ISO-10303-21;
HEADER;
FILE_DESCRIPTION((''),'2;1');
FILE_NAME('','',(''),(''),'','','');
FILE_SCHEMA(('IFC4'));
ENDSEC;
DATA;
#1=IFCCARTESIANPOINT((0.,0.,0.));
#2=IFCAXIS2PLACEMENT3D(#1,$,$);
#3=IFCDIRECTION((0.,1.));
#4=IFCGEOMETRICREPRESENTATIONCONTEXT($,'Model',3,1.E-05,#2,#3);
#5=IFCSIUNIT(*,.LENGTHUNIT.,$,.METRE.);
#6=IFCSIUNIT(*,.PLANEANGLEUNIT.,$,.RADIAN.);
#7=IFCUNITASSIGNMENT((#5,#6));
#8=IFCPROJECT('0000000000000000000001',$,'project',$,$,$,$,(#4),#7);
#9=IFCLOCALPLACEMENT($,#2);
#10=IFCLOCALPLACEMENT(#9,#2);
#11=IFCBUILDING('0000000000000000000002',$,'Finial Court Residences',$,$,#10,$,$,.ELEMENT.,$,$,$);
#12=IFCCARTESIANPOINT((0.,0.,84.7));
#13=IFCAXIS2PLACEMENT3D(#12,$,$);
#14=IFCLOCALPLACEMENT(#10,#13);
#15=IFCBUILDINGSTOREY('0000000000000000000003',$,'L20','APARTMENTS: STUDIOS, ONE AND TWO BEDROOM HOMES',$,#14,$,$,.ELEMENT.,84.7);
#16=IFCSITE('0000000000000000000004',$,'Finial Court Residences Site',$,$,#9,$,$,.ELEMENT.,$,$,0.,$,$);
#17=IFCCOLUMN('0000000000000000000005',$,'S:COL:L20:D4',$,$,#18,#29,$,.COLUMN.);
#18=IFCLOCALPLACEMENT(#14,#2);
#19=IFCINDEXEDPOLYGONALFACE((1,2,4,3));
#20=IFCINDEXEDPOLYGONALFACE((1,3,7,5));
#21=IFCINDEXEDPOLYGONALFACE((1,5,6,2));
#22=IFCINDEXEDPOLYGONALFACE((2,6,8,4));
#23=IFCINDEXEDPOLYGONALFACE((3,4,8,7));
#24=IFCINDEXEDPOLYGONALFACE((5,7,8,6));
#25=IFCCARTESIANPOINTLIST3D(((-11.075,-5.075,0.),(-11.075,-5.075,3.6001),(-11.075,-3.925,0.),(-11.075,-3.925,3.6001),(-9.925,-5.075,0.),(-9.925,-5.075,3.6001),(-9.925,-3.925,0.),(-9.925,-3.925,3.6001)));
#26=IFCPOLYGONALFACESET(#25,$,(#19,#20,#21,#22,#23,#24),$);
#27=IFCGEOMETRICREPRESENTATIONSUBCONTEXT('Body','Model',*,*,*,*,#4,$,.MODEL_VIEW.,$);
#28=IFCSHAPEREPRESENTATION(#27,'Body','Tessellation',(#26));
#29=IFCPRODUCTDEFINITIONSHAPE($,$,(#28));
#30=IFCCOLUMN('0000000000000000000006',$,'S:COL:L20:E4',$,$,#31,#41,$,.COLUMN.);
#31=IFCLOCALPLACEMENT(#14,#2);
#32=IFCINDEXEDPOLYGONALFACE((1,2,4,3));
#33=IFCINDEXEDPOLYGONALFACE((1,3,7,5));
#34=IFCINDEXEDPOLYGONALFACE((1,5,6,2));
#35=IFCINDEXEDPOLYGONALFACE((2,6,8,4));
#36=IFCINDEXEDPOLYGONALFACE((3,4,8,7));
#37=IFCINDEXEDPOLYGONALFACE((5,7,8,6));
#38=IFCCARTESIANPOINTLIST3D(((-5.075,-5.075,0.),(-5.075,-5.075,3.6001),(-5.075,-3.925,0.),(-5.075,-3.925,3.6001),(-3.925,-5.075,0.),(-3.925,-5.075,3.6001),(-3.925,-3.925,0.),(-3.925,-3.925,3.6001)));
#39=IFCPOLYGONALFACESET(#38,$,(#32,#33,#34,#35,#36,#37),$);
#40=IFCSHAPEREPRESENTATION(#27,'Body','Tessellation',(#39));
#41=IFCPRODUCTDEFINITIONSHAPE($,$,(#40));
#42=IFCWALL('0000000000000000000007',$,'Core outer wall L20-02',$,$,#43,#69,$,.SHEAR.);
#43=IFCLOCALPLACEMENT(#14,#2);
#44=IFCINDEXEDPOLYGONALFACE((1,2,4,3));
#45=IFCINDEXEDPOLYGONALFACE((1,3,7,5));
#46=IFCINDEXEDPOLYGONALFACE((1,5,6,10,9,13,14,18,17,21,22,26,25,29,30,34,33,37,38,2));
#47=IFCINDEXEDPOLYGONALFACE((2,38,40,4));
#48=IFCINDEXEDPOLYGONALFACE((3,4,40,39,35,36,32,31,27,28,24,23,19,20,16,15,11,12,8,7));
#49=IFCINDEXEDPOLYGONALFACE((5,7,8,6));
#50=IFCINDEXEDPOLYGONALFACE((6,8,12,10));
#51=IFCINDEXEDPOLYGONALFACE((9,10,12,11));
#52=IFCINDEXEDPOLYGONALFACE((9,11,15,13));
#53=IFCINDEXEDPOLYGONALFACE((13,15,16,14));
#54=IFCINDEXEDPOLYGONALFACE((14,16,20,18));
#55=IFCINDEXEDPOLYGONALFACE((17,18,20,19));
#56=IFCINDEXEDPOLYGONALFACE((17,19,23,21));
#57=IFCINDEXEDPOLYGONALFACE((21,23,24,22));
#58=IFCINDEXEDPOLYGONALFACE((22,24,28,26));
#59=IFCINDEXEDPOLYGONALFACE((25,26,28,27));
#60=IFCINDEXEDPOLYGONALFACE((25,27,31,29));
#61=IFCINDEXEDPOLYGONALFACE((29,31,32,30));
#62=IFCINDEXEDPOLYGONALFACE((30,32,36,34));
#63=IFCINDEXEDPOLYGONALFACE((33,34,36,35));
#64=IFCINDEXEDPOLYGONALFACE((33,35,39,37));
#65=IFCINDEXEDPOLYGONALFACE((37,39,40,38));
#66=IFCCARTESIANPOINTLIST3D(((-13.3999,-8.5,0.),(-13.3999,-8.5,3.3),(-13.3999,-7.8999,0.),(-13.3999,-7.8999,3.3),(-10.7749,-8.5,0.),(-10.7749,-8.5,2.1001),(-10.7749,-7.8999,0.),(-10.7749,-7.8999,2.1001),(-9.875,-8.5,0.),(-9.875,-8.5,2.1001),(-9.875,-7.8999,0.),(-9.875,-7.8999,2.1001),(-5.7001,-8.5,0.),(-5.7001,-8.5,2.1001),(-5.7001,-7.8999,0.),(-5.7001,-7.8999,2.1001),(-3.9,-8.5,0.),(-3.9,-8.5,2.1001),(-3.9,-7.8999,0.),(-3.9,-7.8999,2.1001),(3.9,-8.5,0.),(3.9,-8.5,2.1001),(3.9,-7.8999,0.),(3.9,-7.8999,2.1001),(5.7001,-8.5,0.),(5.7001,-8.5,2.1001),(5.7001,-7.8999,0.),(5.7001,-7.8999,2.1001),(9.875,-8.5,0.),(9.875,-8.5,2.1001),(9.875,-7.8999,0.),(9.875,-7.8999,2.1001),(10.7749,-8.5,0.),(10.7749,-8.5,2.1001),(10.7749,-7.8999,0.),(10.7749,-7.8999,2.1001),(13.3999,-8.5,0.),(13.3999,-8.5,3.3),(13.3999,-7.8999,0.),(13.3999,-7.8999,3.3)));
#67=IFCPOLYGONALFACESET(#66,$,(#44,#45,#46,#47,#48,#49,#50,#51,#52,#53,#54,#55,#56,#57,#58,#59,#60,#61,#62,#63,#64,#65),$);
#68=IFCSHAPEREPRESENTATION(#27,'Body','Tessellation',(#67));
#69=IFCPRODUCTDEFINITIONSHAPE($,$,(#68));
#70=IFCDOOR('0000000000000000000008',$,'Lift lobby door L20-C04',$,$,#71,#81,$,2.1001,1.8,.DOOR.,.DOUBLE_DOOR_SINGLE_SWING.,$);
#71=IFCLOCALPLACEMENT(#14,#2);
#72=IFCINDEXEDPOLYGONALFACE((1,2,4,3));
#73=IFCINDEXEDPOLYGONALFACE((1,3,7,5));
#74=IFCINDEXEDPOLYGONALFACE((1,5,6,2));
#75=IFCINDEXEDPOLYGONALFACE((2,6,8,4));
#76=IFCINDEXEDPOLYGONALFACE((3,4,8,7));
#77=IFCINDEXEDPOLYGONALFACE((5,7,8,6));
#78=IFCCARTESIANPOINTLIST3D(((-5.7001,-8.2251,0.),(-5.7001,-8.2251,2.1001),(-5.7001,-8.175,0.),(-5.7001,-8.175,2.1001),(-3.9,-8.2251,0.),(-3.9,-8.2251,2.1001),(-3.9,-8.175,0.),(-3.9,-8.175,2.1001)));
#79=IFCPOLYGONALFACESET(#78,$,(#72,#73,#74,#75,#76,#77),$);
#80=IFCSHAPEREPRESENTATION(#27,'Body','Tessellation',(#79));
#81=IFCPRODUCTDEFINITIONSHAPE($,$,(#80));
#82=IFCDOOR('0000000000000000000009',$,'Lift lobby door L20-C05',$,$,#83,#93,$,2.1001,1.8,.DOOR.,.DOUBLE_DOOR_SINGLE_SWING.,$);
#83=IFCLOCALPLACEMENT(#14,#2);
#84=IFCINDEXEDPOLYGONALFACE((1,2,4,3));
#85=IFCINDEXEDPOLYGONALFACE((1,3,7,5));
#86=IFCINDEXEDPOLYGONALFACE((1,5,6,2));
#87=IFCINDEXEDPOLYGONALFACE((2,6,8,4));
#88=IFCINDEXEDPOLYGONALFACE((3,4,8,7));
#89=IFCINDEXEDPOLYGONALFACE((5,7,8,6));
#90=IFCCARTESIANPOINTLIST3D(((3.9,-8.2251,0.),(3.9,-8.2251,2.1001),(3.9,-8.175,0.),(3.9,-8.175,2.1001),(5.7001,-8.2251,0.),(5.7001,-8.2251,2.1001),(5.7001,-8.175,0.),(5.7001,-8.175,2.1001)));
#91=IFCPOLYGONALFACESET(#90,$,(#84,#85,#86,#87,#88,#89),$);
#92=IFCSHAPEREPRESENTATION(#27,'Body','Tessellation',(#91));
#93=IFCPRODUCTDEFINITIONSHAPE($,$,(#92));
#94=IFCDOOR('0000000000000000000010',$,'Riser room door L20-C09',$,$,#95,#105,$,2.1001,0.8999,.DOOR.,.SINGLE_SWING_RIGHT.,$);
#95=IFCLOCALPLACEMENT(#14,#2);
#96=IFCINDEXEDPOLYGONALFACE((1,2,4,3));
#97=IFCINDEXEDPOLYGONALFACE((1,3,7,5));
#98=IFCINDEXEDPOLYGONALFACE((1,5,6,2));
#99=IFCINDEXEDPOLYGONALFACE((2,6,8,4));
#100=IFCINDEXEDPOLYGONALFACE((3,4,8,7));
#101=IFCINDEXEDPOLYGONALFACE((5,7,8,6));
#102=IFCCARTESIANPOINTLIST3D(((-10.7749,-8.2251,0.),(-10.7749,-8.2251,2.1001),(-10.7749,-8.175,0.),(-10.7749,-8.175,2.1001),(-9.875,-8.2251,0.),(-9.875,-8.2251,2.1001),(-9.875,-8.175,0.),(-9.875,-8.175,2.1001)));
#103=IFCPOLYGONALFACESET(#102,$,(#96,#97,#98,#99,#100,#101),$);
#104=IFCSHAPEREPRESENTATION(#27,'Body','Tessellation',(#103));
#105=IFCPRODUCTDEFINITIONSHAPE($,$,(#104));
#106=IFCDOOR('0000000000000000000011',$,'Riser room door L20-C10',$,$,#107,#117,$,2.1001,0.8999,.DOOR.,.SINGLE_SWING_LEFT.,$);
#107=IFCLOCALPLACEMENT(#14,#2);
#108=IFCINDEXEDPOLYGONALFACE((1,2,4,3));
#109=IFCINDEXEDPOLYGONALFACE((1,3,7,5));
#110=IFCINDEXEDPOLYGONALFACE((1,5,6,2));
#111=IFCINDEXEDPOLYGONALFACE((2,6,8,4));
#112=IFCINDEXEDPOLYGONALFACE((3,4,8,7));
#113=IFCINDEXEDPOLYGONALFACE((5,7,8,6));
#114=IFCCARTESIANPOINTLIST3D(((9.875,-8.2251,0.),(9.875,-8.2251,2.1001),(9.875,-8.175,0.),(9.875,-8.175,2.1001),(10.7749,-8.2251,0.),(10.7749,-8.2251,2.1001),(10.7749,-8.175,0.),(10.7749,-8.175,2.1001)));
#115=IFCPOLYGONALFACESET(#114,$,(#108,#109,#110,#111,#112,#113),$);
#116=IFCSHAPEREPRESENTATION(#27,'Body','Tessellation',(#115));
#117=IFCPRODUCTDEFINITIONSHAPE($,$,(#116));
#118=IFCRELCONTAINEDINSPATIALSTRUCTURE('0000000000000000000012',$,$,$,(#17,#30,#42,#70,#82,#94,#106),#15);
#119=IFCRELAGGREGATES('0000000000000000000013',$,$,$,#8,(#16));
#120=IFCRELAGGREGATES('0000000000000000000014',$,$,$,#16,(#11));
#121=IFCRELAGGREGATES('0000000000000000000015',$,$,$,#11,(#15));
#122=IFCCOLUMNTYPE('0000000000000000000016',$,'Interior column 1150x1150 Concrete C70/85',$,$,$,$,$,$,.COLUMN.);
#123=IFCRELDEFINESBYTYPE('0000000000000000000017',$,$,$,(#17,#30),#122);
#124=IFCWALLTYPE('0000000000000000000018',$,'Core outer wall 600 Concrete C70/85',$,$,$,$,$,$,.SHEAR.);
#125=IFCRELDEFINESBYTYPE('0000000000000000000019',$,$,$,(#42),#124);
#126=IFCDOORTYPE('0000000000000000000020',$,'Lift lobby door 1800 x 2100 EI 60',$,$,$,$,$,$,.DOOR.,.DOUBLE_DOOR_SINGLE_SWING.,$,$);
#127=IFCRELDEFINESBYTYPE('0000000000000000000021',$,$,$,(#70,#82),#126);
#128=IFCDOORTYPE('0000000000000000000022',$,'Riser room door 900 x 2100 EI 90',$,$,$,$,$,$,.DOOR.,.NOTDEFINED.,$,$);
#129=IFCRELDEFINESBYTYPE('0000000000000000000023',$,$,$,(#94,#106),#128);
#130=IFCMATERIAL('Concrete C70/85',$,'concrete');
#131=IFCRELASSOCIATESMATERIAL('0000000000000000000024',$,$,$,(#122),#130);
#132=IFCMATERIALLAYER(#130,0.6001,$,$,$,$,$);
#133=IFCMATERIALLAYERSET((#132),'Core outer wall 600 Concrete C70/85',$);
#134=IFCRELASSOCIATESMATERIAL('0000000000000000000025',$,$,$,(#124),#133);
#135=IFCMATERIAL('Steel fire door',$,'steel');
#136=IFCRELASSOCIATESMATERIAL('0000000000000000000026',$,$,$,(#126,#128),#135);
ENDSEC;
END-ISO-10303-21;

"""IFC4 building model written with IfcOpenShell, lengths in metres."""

from ifc_helpers import new_model, si_unit, direction, frame, frame_2d, origin, origin_2d, place, context, subcontext, project, spatial, rectangle, extrude, material, layer, layer_set, material_profile, profile_set, type_object, element, fill, save


model = new_model("IFC4")

# Units and contexts
model_context = context("Model", 3, precision=1e-05, world=origin(), true_north=direction((0.0, 1.0)))
body_context = subcontext(model_context, "Body", "Model", "MODEL_VIEW")
ifc_project = project(units=[si_unit("LENGTHUNIT", "METRE"), si_unit("PLANEANGLEUNIT", "RADIAN")], contexts=[model_context])

# Site, building, storey
site_placement = place(None, origin())
site = spatial("IfcSite", under=ifc_project, at=site_placement, Name="Finial Court Residences Site", CompositionType="ELEMENT", RefElevation=0.0)
building_placement = place(site_placement, origin())
building = spatial("IfcBuilding", under=site, at=building_placement, Name="Finial Court Residences", CompositionType="ELEMENT")
storey_placement = place(building_placement, frame((0.0, 0.0, 84.7)))
storey = spatial("IfcBuildingStorey", under=building, at=storey_placement, Name="L20", Description="APARTMENTS: STUDIOS, ONE AND TWO BEDROOM HOMES", CompositionType="ELEMENT", Elevation=84.7)

# Columns
ifc_material_1 = material(Name="Concrete C70/85", Category="concrete")
ifc_material_profile = material_profile(ifc_material_1, rectangle(XDim=1.1499, YDim=1.1499, at=origin_2d()), Name="1150x1150")
ifc_profile_set = profile_set([ifc_material_profile], Name="Concrete C70/85")
column_type = type_object("IfcColumnType", Name="Interior column 1150x1150 Concrete C70/85", PredefinedType="COLUMN", material=ifc_profile_set)
for number, where, z_axis, x_axis, name in (
    (1, (-10.5, -4.5, 0.0), (0.0, 0.0, 1.0), (1.0, 0.0, 0.0), "S:COL:L20:D4"),
    (2, (-4.5, -4.5, 0.0), (0.0, 0.0, 1.0), (1.0, 0.0, 0.0), "S:COL:L20:E4"),
):
    element("IfcColumn", number, at=place(storey_placement, frame(where, z_axis=z_axis, x_axis=x_axis)), inside=storey, type_object=column_type, Name=name, PredefinedType="COLUMN", context=body_context, shape_type="SweptSolid", body=[
        extrude(rectangle(XDim=1.1499, YDim=1.1499, at=origin_2d()), origin(), (0.0, 0.0, 1.0), 3.6001),
    ])

# Wall, openings, doors
ifc_layer_1 = layer(ifc_material_1, 0.6001)
ifc_layer_set_1 = layer_set([ifc_layer_1], Name="Core outer wall 600 Concrete C70/85")
wall_type_1 = type_object("IfcWallType", Name="Core outer wall 600 Concrete C70/85", PredefinedType="SHEAR", material=ifc_layer_set_1)
wall_1_placement = place(storey_placement, frame((-13.3999, -8.2, 0.0), z_axis=(0.0, 0.0, 1.0), x_axis=(1.0, 0.0, 0.0)))
wall_1 = element("IfcWall", 3, at=wall_1_placement, inside=storey, type_object=wall_type_1, Name="Core outer wall L20-02", PredefinedType="SHEAR", context=body_context, shape_type="SweptSolid", body=[
    extrude(rectangle(XDim=26.7998, YDim=0.6001, at=frame_2d((13.3999, 0.0))), origin(), (0.0, 0.0, 1.0), 3.3),
])
opening_1_placement = place(wall_1_placement, frame((7.7, 0.0, 0.0)))
opening_1 = element("IfcOpeningElement", 4, at=opening_1_placement, cuts=wall_1, PredefinedType="OPENING", context=body_context, shape_type="SweptSolid", body=[
    extrude(rectangle(XDim=1.8, YDim=2.1001, at=frame_2d((0.8999, 1.05))), frame((0.0, 0.3101, 0.0), z_axis=(0.0, -1.0, 0.0), x_axis=(1.0, 0.0, 0.0)), (0.0, 0.0, 1.0), 0.6201),
])
opening_2_placement = place(wall_1_placement, frame((17.3, 0.0, 0.0)))
opening_2 = element("IfcOpeningElement", 5, at=opening_2_placement, cuts=wall_1, PredefinedType="OPENING", context=body_context, shape_type="SweptSolid", body=[
    extrude(rectangle(XDim=1.8, YDim=2.1001, at=frame_2d((0.8999, 1.05))), frame((0.0, 0.3101, 0.0), z_axis=(0.0, -1.0, 0.0), x_axis=(1.0, 0.0, 0.0)), (0.0, 0.0, 1.0), 0.6201),
])
opening_3_placement = place(wall_1_placement, frame((2.625, 0.0, 0.0)))
opening_3 = element("IfcOpeningElement", 6, at=opening_3_placement, cuts=wall_1, PredefinedType="OPENING", context=body_context, shape_type="SweptSolid", body=[
    extrude(rectangle(XDim=0.8999, YDim=2.1001, at=frame_2d((0.45, 1.05))), frame((0.0, 0.3101, 0.0), z_axis=(0.0, -1.0, 0.0), x_axis=(1.0, 0.0, 0.0)), (0.0, 0.0, 1.0), 0.6201),
])
opening_4_placement = place(wall_1_placement, frame((23.2749, 0.0, 0.0)))
opening_4 = element("IfcOpeningElement", 7, at=opening_4_placement, cuts=wall_1, PredefinedType="OPENING", context=body_context, shape_type="SweptSolid", body=[
    extrude(rectangle(XDim=0.8999, YDim=2.1001, at=frame_2d((0.45, 1.05))), frame((0.0, 0.3101, 0.0), z_axis=(0.0, -1.0, 0.0), x_axis=(1.0, 0.0, 0.0)), (0.0, 0.0, 1.0), 0.6201),
])
ifc_material_2 = material(Name="Steel fire door", Category="steel")
door_type_1 = type_object("IfcDoorType", Name="Lift lobby door 1800 x 2100 EI 60", OperationType="DOUBLE_DOOR_SINGLE_SWING", PredefinedType="DOOR", material=ifc_material_2)
door_1_placement = place(opening_1_placement, origin())
door_1 = element("IfcDoor", 8, at=door_1_placement, inside=storey, type_object=door_type_1, Name="Lift lobby door L20-C04", OperationType="DOUBLE_DOOR_SINGLE_SWING", OverallHeight=2.1001, OverallWidth=1.8, PredefinedType="DOOR", context=body_context, shape_type="SweptSolid", body=[
    extrude(rectangle(XDim=1.8, YDim=2.1001, at=frame_2d((0.8999, 1.05))), frame((0.0, 0.0249, 0.0), z_axis=(0.0, -1.0, 0.0), x_axis=(1.0, 0.0, 0.0)), (0.0, 0.0, 1.0), 0.05),
])
fill(opening_1, door_1)
door_2_placement = place(opening_2_placement, origin())
door_2 = element("IfcDoor", 9, at=door_2_placement, inside=storey, type_object=door_type_1, Name="Lift lobby door L20-C05", OperationType="DOUBLE_DOOR_SINGLE_SWING", OverallHeight=2.1001, OverallWidth=1.8, PredefinedType="DOOR", context=body_context, shape_type="SweptSolid", body=[
    extrude(rectangle(XDim=1.8, YDim=2.1001, at=frame_2d((0.8999, 1.05))), frame((0.0, 0.0249, 0.0), z_axis=(0.0, -1.0, 0.0), x_axis=(1.0, 0.0, 0.0)), (0.0, 0.0, 1.0), 0.05),
])
fill(opening_2, door_2)
door_type_2 = type_object("IfcDoorType", Name="Riser room door 900 x 2100 EI 90", OperationType="NOTDEFINED", PredefinedType="DOOR", material=ifc_material_2)
door_3_placement = place(opening_3_placement, origin())
door_3 = element("IfcDoor", 10, at=door_3_placement, inside=storey, type_object=door_type_2, Name="Riser room door L20-C09", OperationType="SINGLE_SWING_RIGHT", OverallHeight=2.1001, OverallWidth=0.8999, PredefinedType="DOOR", context=body_context, shape_type="SweptSolid", body=[
    extrude(rectangle(XDim=0.8999, YDim=2.1001, at=frame_2d((0.45, 1.05))), frame((0.0, 0.0249, 0.0), z_axis=(0.0, -1.0, 0.0), x_axis=(1.0, 0.0, 0.0)), (0.0, 0.0, 1.0), 0.05),
])
fill(opening_3, door_3)
door_4_placement = place(opening_4_placement, origin())
door_4 = element("IfcDoor", 11, at=door_4_placement, inside=storey, type_object=door_type_2, Name="Riser room door L20-C10", OperationType="SINGLE_SWING_LEFT", OverallHeight=2.1001, OverallWidth=0.8999, PredefinedType="DOOR", context=body_context, shape_type="SweptSolid", body=[
    extrude(rectangle(XDim=0.8999, YDim=2.1001, at=frame_2d((0.45, 1.05))), frame((0.0, 0.0249, 0.0), z_axis=(0.0, -1.0, 0.0), x_axis=(1.0, 0.0, 0.0)), (0.0, 0.0, 1.0), 0.05),
])
fill(opening_4, door_4)

save(model, "model.ifc")
